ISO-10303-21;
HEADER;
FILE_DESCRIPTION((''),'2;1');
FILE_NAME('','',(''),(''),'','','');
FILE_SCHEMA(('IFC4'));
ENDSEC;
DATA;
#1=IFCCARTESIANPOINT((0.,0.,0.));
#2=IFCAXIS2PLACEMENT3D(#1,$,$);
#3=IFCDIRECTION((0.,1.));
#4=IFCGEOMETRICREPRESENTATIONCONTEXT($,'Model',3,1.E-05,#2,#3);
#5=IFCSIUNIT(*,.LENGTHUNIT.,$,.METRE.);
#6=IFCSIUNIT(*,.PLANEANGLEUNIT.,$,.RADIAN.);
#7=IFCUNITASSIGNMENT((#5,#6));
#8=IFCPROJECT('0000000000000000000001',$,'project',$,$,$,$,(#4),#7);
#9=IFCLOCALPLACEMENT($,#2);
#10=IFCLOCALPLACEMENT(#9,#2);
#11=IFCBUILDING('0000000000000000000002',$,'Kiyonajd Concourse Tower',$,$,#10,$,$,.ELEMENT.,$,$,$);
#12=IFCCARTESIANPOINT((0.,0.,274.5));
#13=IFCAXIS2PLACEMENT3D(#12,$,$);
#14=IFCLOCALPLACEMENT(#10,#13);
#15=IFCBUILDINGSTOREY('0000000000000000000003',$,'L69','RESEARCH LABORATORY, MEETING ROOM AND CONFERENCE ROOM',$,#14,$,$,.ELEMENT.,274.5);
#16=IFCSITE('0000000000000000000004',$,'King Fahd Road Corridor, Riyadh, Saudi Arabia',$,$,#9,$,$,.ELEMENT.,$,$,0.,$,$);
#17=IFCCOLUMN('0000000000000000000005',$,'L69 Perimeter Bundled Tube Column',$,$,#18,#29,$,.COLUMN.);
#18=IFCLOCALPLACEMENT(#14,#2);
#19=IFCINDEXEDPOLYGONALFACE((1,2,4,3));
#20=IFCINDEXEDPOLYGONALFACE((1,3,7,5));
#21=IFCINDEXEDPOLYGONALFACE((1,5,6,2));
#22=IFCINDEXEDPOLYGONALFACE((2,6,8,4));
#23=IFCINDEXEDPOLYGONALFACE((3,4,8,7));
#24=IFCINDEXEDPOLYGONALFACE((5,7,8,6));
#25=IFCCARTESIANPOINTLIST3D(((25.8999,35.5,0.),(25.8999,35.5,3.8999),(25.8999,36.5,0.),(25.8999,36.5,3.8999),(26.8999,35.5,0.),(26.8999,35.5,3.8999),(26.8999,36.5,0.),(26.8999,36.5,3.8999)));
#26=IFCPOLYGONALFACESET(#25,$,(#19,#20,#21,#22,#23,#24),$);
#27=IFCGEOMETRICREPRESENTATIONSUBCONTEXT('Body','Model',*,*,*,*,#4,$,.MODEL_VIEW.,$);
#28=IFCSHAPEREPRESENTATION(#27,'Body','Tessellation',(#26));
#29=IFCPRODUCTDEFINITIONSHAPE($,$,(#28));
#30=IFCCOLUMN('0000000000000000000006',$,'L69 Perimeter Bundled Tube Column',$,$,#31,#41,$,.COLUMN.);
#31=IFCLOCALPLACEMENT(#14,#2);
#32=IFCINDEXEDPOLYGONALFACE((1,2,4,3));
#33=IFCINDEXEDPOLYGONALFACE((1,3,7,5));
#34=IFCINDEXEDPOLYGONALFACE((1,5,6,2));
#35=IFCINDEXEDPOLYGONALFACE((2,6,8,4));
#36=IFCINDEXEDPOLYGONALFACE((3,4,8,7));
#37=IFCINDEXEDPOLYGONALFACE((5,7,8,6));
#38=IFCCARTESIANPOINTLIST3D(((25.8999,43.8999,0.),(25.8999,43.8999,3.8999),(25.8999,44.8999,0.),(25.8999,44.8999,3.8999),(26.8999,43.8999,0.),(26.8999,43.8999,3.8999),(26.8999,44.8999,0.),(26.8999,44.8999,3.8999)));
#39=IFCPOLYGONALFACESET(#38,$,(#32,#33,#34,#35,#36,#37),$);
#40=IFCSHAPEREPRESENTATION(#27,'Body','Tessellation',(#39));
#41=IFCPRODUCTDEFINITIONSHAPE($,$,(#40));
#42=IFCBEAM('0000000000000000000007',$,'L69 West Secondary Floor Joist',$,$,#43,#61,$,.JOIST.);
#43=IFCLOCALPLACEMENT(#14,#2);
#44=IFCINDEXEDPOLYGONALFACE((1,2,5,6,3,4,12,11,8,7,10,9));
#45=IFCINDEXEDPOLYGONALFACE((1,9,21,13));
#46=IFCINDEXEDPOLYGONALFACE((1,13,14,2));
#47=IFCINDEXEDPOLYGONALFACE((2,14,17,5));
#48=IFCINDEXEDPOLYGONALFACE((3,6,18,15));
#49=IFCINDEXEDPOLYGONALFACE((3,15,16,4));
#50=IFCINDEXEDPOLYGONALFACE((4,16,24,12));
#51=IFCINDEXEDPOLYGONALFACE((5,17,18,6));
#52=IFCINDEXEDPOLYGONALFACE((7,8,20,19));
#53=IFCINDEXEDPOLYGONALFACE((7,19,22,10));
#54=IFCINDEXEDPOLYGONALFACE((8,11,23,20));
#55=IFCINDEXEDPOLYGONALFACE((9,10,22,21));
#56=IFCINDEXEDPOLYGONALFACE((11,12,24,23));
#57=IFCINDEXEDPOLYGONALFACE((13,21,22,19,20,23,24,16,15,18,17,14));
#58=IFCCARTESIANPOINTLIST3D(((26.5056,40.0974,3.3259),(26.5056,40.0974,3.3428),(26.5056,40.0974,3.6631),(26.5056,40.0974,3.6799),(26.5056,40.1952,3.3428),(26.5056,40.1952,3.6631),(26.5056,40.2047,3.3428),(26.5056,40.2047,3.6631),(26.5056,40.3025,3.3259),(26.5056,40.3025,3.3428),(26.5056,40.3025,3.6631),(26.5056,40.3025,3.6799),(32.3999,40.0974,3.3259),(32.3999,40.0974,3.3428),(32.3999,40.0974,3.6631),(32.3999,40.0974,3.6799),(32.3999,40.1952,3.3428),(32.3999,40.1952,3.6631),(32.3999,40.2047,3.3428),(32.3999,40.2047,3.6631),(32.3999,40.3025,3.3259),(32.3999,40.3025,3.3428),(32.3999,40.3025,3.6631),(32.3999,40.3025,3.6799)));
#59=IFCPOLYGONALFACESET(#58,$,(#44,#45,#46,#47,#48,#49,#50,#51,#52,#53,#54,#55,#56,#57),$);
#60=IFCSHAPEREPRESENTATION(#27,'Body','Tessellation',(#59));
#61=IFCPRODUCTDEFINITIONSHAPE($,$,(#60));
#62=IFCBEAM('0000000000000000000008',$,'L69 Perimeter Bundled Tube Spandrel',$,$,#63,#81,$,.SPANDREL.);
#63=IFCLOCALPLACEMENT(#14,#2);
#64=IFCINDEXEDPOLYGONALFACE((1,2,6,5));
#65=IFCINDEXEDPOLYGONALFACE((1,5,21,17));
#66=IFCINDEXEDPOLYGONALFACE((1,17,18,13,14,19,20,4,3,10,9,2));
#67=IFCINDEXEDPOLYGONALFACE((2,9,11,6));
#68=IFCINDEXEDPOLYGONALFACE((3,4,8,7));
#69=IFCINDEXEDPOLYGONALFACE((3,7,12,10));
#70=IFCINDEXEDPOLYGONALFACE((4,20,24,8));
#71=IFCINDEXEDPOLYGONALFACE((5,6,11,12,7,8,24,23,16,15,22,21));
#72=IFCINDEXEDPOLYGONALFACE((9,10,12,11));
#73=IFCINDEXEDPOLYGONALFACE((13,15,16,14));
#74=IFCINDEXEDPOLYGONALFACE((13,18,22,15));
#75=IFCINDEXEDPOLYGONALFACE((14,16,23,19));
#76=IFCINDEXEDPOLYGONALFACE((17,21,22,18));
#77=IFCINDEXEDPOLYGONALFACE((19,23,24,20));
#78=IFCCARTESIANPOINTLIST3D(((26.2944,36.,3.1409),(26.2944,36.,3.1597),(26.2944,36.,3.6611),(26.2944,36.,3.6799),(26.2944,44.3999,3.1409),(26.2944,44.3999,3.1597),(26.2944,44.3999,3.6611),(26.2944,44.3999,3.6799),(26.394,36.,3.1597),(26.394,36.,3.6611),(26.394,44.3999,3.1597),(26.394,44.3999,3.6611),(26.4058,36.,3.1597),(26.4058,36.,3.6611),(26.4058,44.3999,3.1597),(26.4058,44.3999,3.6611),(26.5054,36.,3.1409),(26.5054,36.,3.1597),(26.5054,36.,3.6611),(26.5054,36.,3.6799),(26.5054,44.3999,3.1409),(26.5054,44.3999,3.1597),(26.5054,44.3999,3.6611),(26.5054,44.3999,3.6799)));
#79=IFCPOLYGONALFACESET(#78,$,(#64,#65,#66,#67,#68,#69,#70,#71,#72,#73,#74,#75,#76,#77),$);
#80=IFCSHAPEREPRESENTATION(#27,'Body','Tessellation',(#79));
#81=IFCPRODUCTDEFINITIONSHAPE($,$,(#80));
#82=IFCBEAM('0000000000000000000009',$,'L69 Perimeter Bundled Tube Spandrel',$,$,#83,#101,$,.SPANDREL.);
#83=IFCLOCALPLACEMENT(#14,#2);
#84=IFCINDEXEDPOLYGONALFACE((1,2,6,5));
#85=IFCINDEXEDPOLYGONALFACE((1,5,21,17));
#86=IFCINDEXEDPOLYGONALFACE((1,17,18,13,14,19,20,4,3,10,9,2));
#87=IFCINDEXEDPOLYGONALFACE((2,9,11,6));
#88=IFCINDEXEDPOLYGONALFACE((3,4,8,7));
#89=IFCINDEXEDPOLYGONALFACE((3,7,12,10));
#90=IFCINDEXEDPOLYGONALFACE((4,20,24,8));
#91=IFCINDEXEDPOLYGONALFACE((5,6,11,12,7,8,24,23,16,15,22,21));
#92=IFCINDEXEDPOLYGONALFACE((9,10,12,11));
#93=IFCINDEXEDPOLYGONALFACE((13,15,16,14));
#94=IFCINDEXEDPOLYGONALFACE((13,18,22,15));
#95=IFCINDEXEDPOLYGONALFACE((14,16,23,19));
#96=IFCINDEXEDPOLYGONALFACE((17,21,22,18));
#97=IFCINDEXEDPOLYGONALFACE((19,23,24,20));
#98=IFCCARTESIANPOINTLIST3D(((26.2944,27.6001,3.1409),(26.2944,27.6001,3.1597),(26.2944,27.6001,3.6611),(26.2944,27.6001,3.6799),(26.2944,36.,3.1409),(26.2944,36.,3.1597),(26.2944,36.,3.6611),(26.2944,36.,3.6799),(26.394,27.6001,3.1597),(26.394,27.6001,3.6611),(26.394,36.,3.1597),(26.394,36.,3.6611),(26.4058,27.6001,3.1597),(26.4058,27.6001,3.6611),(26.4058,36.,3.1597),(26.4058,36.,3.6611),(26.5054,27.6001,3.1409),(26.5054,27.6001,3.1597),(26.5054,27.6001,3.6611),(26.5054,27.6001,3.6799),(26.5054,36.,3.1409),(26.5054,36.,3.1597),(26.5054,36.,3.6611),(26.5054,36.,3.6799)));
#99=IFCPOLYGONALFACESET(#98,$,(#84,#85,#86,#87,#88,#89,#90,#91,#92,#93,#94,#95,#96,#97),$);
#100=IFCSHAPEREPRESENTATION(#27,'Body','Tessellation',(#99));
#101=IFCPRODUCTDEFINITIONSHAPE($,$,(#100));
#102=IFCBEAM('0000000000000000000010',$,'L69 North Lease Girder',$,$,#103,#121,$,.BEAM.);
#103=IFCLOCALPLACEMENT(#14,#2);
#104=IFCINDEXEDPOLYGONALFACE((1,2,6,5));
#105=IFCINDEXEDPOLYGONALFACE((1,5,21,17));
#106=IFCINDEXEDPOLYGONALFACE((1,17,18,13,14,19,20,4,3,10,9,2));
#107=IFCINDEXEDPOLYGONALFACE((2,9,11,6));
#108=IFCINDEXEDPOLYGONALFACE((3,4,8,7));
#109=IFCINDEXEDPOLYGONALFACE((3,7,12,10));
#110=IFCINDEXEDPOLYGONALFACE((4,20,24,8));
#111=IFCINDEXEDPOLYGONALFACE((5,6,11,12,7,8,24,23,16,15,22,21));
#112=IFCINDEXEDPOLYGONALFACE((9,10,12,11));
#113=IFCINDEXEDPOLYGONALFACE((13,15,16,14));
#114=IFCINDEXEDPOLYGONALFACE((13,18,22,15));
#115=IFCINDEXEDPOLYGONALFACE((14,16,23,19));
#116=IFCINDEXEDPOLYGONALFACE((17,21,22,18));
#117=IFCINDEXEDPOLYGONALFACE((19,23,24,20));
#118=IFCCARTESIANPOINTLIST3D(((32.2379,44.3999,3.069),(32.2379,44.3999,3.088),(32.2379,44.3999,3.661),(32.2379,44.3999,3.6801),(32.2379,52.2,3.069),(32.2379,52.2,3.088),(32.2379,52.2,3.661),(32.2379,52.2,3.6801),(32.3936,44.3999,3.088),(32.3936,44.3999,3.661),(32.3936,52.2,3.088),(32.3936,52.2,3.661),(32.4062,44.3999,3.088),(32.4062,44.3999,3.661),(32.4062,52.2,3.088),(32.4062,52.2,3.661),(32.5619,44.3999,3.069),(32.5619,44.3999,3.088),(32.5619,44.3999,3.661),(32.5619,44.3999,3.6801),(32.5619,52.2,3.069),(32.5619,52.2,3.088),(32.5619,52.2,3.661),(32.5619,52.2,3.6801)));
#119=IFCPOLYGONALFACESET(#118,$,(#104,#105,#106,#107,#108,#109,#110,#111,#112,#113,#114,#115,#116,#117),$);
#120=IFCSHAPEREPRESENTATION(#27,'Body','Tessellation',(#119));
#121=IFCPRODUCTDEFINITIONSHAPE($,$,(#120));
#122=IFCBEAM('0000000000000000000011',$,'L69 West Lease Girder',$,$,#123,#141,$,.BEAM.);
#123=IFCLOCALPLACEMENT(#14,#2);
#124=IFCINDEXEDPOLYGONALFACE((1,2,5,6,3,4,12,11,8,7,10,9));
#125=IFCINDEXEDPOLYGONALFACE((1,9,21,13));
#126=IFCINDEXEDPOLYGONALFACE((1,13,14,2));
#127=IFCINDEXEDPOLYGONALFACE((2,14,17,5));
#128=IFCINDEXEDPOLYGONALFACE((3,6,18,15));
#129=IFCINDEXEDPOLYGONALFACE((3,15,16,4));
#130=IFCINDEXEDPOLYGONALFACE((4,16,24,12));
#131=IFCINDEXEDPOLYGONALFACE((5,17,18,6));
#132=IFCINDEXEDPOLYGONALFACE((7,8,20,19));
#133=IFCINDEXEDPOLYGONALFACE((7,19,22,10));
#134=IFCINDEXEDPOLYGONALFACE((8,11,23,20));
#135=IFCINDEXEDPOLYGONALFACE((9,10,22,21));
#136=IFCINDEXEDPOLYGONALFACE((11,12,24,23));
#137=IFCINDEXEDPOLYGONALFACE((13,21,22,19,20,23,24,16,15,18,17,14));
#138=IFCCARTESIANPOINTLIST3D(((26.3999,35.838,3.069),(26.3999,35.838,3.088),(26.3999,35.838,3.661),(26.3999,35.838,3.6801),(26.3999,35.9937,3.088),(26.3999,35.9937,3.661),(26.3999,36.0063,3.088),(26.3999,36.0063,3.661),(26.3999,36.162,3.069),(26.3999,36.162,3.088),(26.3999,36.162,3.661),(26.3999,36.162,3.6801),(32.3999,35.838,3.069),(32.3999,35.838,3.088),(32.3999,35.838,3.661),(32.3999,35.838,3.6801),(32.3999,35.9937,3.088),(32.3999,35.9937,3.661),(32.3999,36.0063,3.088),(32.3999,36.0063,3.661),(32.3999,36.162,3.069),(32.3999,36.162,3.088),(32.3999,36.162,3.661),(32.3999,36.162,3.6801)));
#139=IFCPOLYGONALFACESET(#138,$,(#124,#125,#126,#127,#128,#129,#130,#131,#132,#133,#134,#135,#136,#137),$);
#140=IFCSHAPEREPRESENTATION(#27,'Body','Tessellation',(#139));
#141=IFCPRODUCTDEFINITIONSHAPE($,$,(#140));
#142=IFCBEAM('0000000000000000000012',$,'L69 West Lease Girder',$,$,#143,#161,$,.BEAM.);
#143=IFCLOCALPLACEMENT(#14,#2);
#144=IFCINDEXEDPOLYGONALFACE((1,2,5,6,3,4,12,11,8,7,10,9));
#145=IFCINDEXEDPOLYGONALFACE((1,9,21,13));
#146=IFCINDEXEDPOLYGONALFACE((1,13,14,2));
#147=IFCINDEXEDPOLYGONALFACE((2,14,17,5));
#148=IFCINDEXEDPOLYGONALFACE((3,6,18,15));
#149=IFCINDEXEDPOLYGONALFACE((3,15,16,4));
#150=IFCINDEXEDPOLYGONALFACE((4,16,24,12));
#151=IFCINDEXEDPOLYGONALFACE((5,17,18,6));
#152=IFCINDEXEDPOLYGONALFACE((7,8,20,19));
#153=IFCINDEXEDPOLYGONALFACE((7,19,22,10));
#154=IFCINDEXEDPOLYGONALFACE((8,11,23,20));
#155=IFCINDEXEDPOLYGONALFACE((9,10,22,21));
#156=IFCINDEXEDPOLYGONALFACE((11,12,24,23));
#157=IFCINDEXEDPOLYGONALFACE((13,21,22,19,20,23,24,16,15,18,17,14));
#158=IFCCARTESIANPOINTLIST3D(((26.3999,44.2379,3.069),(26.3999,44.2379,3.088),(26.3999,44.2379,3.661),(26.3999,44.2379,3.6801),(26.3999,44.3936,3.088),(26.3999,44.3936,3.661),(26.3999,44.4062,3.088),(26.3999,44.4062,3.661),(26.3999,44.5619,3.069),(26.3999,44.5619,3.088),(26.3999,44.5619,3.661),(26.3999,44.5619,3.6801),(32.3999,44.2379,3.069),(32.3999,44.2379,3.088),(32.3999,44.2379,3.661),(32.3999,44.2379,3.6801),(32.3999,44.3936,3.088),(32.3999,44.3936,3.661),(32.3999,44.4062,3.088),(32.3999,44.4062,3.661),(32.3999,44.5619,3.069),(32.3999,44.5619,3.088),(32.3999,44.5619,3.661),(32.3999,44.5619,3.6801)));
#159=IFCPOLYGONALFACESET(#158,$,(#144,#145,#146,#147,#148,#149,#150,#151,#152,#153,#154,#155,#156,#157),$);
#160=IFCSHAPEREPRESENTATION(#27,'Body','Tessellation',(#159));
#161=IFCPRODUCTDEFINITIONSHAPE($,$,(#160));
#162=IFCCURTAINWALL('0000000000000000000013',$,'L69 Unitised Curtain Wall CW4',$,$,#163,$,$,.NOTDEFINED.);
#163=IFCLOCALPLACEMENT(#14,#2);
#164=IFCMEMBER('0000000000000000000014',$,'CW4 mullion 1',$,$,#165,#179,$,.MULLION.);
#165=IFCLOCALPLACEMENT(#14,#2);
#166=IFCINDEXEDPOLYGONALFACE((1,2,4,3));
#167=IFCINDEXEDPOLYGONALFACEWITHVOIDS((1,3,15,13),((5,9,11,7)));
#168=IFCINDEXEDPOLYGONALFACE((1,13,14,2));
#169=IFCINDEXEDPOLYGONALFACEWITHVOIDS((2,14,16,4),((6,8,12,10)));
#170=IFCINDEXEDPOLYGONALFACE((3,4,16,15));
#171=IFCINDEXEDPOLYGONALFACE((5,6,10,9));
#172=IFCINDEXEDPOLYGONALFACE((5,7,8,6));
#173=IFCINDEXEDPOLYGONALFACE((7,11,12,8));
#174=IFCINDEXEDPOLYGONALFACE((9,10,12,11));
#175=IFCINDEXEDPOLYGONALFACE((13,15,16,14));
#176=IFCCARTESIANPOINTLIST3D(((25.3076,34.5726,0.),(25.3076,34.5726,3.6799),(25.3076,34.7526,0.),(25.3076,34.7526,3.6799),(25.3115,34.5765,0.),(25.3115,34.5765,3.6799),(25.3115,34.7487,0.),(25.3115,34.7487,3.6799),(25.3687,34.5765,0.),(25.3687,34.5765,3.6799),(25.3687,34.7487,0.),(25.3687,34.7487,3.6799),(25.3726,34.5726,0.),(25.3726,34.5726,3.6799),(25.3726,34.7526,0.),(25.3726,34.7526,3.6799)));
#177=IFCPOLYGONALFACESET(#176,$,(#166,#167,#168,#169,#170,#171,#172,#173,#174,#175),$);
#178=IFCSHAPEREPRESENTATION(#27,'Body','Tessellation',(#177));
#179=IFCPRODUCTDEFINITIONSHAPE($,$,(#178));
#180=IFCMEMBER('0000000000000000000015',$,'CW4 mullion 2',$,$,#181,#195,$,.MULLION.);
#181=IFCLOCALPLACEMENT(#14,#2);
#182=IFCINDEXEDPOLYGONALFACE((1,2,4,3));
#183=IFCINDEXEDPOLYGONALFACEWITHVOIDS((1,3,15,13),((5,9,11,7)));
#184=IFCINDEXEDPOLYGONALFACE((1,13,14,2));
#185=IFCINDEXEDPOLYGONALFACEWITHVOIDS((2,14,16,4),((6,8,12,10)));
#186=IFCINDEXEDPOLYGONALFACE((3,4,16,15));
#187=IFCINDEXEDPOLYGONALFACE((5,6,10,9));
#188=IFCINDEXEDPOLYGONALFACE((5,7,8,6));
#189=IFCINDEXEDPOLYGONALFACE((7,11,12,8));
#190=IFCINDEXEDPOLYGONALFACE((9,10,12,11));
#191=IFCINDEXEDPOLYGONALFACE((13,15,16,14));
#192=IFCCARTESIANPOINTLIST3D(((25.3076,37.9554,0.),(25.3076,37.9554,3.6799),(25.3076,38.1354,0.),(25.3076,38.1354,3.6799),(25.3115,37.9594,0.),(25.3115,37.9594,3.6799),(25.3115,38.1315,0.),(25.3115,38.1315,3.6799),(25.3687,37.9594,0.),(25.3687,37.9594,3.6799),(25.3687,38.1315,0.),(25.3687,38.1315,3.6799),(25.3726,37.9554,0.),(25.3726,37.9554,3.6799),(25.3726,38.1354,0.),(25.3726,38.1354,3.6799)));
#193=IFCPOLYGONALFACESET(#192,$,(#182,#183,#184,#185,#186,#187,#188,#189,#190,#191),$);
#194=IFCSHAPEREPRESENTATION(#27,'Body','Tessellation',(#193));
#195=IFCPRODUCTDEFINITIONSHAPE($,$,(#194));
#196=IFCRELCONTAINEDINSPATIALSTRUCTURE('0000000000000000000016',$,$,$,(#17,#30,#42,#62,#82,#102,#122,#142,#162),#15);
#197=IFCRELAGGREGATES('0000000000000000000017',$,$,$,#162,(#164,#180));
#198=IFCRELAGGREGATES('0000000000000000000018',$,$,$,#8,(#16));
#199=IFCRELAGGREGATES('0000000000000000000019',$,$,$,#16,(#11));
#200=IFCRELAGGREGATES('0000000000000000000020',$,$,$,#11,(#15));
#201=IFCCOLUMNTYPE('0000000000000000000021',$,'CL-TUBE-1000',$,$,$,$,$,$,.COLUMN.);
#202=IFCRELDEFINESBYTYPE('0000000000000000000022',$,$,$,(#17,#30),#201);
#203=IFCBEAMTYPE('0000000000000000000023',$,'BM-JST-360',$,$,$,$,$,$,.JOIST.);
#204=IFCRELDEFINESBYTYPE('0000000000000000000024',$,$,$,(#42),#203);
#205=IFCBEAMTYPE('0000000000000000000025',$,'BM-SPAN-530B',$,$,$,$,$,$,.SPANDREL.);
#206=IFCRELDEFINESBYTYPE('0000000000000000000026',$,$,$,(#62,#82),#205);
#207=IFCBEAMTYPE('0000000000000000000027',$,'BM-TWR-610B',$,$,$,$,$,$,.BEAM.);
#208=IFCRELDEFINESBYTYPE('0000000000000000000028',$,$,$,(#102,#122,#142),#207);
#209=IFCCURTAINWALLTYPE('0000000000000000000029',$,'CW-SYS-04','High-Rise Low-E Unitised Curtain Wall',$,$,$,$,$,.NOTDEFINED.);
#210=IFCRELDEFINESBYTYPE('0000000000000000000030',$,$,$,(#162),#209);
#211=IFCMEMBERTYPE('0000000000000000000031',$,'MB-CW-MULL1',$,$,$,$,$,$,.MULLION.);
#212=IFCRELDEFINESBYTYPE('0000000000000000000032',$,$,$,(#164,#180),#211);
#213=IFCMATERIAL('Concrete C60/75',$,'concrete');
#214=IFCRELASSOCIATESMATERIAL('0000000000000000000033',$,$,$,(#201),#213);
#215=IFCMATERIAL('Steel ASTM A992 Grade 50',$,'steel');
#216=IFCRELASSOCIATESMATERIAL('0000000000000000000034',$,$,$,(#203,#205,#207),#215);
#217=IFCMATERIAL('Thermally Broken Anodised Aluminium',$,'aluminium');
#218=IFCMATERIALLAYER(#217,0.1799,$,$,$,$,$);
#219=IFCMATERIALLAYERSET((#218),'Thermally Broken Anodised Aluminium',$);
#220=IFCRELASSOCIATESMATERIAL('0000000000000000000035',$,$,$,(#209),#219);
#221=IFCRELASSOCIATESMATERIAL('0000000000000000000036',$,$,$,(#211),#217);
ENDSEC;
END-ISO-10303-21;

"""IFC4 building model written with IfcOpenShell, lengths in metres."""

from ifc_helpers import new_model, si_unit, direction, frame, origin, origin_2d, place, context, subcontext, project, spatial, rectangle, hollow_rectangle, i_section, extrude, material, layer, layer_set, material_profile, profile_set, type_object, element, aggregate, save


model = new_model("IFC4")

# Units and contexts
model_context = context("Model", 3, precision=1e-05, world=origin(), true_north=direction((0.0, 1.0)))
body_context = subcontext(model_context, "Body", "Model", "MODEL_VIEW")
ifc_project = project(units=[si_unit("LENGTHUNIT", "METRE"), si_unit("PLANEANGLEUNIT", "RADIAN")], contexts=[model_context])

# Site, building, storey
site_placement = place(None, origin())
site = spatial("IfcSite", under=ifc_project, at=site_placement, Name="King Fahd Road Corridor, Riyadh, Saudi Arabia", CompositionType="ELEMENT", RefElevation=0.0)
building_placement = place(site_placement, origin())
building = spatial("IfcBuilding", under=site, at=building_placement, Name="Kiyonajd Concourse Tower", CompositionType="ELEMENT")
storey_placement = place(building_placement, frame((0.0, 0.0, 274.5)))
storey = spatial("IfcBuildingStorey", under=building, at=storey_placement, Name="L69", Description="RESEARCH LABORATORY, MEETING ROOM AND CONFERENCE ROOM", CompositionType="ELEMENT", Elevation=274.5)

# Columns
ifc_material_1 = material(Name="Concrete C60/75", Category="concrete")
ifc_material_profile_1 = material_profile(ifc_material_1, rectangle(XDim=1.0, YDim=1.0, at=origin_2d()), Name="RC-1000x1000")
ifc_profile_set_1 = profile_set([ifc_material_profile_1], Name="Concrete C60/75")
column_type = type_object("IfcColumnType", Name="CL-TUBE-1000", PredefinedType="COLUMN", material=ifc_profile_set_1)
for number, where, z_axis, x_axis, name in (
    (1, (26.3999, 36.0, 0.0), (0.0, 0.0, 1.0), (1.0, 0.0, 0.0), "L69 Perimeter Bundled Tube Column"),
    (2, (26.3999, 44.3999, 0.0), (0.0, 0.0, 1.0), (1.0, 0.0, 0.0), "L69 Perimeter Bundled Tube Column"),
):
    element("IfcColumn", number, at=place(storey_placement, frame(where, z_axis=z_axis, x_axis=x_axis)), inside=storey, type_object=column_type, Name=name, PredefinedType="COLUMN", context=body_context, shape_type="SweptSolid", body=[
        extrude(rectangle(XDim=1.0, YDim=1.0, at=origin_2d()), origin(), (0.0, 0.0, 1.0), 3.8999),
    ])

# Beams
ifc_material_2 = material(Name="Steel ASTM A992 Grade 50", Category="steel")
ifc_material_profile_2 = material_profile(ifc_material_2, i_section(OverallWidth=0.2051, OverallDepth=0.354, WebThickness=0.0095, FlangeThickness=0.0168, at=origin_2d()), Name="W360X79")
ifc_profile_set_2 = profile_set([ifc_material_profile_2], Name="Steel ASTM A992 Grade 50")
beam_type_1 = type_object("IfcBeamType", Name="BM-JST-360", PredefinedType="JOIST", material=ifc_profile_set_2)
beam_1_placement = place(storey_placement, frame((26.5056, 40.2, 3.5029), z_axis=(1.0, 0.0, 0.0), x_axis=(0.0, 1.0, 0.0)))
element("IfcBeam", 3, at=beam_1_placement, inside=storey, type_object=beam_type_1, Name="L69 West Secondary Floor Joist", PredefinedType="JOIST", context=body_context, shape_type="SweptSolid", body=[
    extrude(i_section(OverallWidth=0.2051, OverallDepth=0.354, WebThickness=0.0095, FlangeThickness=0.0168, at=origin_2d()), origin(), (0.0, 0.0, 1.0), 5.8943),
])
ifc_material_profile_3 = material_profile(ifc_material_2, i_section(OverallWidth=0.2109, OverallDepth=0.5391, WebThickness=0.0117, FlangeThickness=0.0188, at=origin_2d()), Name="W530X109")
ifc_profile_set_3 = profile_set([ifc_material_profile_3], Name="Steel ASTM A992 Grade 50")
beam_type_2 = type_object("IfcBeamType", Name="BM-SPAN-530B", PredefinedType="SPANDREL", material=ifc_profile_set_3)
for number, where, z_axis, x_axis, name in (
    (4, (26.3999, 44.3999, 3.4104), (0.0, -1.0, 0.0), (1.0, 0.0, 0.0), "L69 Perimeter Bundled Tube Spandrel"),
    (5, (26.3999, 36.0, 3.4104), (0.0, -1.0, 0.0), (1.0, 0.0, 0.0), "L69 Perimeter Bundled Tube Spandrel"),
):
    element("IfcBeam", number, at=place(storey_placement, frame(where, z_axis=z_axis, x_axis=x_axis)), inside=storey, type_object=beam_type_2, Name=name, PredefinedType="SPANDREL", context=body_context, shape_type="SweptSolid", body=[
        extrude(i_section(OverallWidth=0.2109, OverallDepth=0.5391, WebThickness=0.0117, FlangeThickness=0.0188, at=origin_2d()), origin(), (0.0, 0.0, 1.0), 8.3999),
    ])
ifc_material_profile_4 = material_profile(ifc_material_2, i_section(OverallWidth=0.324, OverallDepth=0.6111, WebThickness=0.0127, FlangeThickness=0.019, at=origin_2d()), Name="W610X155")
ifc_profile_set_4 = profile_set([ifc_material_profile_4], Name="Steel ASTM A992 Grade 50")
beam_type_3 = type_object("IfcBeamType", Name="BM-TWR-610B", PredefinedType="BEAM", material=ifc_profile_set_4)
beam_2_placement = place(storey_placement, frame((32.3999, 44.3999, 3.3745), z_axis=(0.0, 1.0, 0.0), x_axis=(-1.0, 0.0, 0.0)))
element("IfcBeam", 6, at=beam_2_placement, inside=storey, type_object=beam_type_3, Name="L69 North Lease Girder", PredefinedType="BEAM", context=body_context, shape_type="SweptSolid", body=[
    extrude(i_section(OverallWidth=0.324, OverallDepth=0.6111, WebThickness=0.0127, FlangeThickness=0.019, at=origin_2d()), origin(), (0.0, 0.0, 1.0), 7.8),
])
for number, where, z_axis, x_axis, name in (
    (7, (26.3999, 36.0, 3.3745), (1.0, 0.0, 0.0), (0.0, 1.0, 0.0), "L69 West Lease Girder"),
    (8, (26.3999, 44.3999, 3.3745), (1.0, 0.0, 0.0), (0.0, 1.0, 0.0), "L69 West Lease Girder"),
):
    element("IfcBeam", number, at=place(storey_placement, frame(where, z_axis=z_axis, x_axis=x_axis)), inside=storey, type_object=beam_type_3, Name=name, PredefinedType="BEAM", context=body_context, shape_type="SweptSolid", body=[
        extrude(i_section(OverallWidth=0.324, OverallDepth=0.6111, WebThickness=0.0127, FlangeThickness=0.019, at=origin_2d()), origin(), (0.0, 0.0, 1.0), 6.0),
    ])

# Curtain wall, members
ifc_material_3 = material(Name="Thermally Broken Anodised Aluminium", Category="aluminium")
ifc_layer_1 = layer(ifc_material_3, 0.1799)
ifc_layer_set_1 = layer_set([ifc_layer_1], Name="Thermally Broken Anodised Aluminium")
curtain_wall_type = type_object("IfcCurtainWallType", Name="CW-SYS-04", Description="High-Rise Low-E Unitised Curtain Wall", PredefinedType="NOTDEFINED", material=ifc_layer_set_1)
curtain_wall_placement = place(storey_placement, origin())
curtain_wall = element("IfcCurtainWall", 9, at=curtain_wall_placement, inside=storey, type_object=curtain_wall_type, Name="L69 Unitised Curtain Wall CW4", PredefinedType="NOTDEFINED")
ifc_material_profile_5 = material_profile(ifc_material_3, hollow_rectangle(XDim=0.0649, YDim=0.1799, WallThickness=0.0039, at=origin_2d()), Name="MULL-65x180")
ifc_profile_set_5 = profile_set([ifc_material_profile_5], Name="Thermally Broken Anodised Aluminium")
member_type_1 = type_object("IfcMemberType", Name="MB-CW-MULL1", PredefinedType="MULLION", material=ifc_profile_set_5)
member_1_placement = place(storey_placement, frame((25.3401, 34.6626, 0.0), z_axis=(0.0, 0.0, 1.0), x_axis=(-1.0, 0.0, 0.0)))
member_1 = element("IfcMember", 10, at=member_1_placement, type_object=member_type_1, Name="CW4 mullion 1", PredefinedType="MULLION", context=body_context, shape_type="SweptSolid", body=[
    extrude(hollow_rectangle(XDim=0.0649, YDim=0.1799, WallThickness=0.0039, at=origin_2d()), origin(), (0.0, 0.0, 1.0), 3.6799),
])
member_2_placement = place(storey_placement, frame((25.3401, 38.0454, 0.0), z_axis=(0.0, 0.0, 1.0), x_axis=(-1.0, 0.0, 0.0)))
member_2 = element("IfcMember", 11, at=member_2_placement, type_object=member_type_1, Name="CW4 mullion 2", PredefinedType="MULLION", context=body_context, shape_type="SweptSolid", body=[
    extrude(hollow_rectangle(XDim=0.0649, YDim=0.1799, WallThickness=0.0039, at=origin_2d()), origin(), (0.0, 0.0, 1.0), 3.6799),
])

aggregate(curtain_wall, [member_1, member_2])

save(model, "model.ifc")
